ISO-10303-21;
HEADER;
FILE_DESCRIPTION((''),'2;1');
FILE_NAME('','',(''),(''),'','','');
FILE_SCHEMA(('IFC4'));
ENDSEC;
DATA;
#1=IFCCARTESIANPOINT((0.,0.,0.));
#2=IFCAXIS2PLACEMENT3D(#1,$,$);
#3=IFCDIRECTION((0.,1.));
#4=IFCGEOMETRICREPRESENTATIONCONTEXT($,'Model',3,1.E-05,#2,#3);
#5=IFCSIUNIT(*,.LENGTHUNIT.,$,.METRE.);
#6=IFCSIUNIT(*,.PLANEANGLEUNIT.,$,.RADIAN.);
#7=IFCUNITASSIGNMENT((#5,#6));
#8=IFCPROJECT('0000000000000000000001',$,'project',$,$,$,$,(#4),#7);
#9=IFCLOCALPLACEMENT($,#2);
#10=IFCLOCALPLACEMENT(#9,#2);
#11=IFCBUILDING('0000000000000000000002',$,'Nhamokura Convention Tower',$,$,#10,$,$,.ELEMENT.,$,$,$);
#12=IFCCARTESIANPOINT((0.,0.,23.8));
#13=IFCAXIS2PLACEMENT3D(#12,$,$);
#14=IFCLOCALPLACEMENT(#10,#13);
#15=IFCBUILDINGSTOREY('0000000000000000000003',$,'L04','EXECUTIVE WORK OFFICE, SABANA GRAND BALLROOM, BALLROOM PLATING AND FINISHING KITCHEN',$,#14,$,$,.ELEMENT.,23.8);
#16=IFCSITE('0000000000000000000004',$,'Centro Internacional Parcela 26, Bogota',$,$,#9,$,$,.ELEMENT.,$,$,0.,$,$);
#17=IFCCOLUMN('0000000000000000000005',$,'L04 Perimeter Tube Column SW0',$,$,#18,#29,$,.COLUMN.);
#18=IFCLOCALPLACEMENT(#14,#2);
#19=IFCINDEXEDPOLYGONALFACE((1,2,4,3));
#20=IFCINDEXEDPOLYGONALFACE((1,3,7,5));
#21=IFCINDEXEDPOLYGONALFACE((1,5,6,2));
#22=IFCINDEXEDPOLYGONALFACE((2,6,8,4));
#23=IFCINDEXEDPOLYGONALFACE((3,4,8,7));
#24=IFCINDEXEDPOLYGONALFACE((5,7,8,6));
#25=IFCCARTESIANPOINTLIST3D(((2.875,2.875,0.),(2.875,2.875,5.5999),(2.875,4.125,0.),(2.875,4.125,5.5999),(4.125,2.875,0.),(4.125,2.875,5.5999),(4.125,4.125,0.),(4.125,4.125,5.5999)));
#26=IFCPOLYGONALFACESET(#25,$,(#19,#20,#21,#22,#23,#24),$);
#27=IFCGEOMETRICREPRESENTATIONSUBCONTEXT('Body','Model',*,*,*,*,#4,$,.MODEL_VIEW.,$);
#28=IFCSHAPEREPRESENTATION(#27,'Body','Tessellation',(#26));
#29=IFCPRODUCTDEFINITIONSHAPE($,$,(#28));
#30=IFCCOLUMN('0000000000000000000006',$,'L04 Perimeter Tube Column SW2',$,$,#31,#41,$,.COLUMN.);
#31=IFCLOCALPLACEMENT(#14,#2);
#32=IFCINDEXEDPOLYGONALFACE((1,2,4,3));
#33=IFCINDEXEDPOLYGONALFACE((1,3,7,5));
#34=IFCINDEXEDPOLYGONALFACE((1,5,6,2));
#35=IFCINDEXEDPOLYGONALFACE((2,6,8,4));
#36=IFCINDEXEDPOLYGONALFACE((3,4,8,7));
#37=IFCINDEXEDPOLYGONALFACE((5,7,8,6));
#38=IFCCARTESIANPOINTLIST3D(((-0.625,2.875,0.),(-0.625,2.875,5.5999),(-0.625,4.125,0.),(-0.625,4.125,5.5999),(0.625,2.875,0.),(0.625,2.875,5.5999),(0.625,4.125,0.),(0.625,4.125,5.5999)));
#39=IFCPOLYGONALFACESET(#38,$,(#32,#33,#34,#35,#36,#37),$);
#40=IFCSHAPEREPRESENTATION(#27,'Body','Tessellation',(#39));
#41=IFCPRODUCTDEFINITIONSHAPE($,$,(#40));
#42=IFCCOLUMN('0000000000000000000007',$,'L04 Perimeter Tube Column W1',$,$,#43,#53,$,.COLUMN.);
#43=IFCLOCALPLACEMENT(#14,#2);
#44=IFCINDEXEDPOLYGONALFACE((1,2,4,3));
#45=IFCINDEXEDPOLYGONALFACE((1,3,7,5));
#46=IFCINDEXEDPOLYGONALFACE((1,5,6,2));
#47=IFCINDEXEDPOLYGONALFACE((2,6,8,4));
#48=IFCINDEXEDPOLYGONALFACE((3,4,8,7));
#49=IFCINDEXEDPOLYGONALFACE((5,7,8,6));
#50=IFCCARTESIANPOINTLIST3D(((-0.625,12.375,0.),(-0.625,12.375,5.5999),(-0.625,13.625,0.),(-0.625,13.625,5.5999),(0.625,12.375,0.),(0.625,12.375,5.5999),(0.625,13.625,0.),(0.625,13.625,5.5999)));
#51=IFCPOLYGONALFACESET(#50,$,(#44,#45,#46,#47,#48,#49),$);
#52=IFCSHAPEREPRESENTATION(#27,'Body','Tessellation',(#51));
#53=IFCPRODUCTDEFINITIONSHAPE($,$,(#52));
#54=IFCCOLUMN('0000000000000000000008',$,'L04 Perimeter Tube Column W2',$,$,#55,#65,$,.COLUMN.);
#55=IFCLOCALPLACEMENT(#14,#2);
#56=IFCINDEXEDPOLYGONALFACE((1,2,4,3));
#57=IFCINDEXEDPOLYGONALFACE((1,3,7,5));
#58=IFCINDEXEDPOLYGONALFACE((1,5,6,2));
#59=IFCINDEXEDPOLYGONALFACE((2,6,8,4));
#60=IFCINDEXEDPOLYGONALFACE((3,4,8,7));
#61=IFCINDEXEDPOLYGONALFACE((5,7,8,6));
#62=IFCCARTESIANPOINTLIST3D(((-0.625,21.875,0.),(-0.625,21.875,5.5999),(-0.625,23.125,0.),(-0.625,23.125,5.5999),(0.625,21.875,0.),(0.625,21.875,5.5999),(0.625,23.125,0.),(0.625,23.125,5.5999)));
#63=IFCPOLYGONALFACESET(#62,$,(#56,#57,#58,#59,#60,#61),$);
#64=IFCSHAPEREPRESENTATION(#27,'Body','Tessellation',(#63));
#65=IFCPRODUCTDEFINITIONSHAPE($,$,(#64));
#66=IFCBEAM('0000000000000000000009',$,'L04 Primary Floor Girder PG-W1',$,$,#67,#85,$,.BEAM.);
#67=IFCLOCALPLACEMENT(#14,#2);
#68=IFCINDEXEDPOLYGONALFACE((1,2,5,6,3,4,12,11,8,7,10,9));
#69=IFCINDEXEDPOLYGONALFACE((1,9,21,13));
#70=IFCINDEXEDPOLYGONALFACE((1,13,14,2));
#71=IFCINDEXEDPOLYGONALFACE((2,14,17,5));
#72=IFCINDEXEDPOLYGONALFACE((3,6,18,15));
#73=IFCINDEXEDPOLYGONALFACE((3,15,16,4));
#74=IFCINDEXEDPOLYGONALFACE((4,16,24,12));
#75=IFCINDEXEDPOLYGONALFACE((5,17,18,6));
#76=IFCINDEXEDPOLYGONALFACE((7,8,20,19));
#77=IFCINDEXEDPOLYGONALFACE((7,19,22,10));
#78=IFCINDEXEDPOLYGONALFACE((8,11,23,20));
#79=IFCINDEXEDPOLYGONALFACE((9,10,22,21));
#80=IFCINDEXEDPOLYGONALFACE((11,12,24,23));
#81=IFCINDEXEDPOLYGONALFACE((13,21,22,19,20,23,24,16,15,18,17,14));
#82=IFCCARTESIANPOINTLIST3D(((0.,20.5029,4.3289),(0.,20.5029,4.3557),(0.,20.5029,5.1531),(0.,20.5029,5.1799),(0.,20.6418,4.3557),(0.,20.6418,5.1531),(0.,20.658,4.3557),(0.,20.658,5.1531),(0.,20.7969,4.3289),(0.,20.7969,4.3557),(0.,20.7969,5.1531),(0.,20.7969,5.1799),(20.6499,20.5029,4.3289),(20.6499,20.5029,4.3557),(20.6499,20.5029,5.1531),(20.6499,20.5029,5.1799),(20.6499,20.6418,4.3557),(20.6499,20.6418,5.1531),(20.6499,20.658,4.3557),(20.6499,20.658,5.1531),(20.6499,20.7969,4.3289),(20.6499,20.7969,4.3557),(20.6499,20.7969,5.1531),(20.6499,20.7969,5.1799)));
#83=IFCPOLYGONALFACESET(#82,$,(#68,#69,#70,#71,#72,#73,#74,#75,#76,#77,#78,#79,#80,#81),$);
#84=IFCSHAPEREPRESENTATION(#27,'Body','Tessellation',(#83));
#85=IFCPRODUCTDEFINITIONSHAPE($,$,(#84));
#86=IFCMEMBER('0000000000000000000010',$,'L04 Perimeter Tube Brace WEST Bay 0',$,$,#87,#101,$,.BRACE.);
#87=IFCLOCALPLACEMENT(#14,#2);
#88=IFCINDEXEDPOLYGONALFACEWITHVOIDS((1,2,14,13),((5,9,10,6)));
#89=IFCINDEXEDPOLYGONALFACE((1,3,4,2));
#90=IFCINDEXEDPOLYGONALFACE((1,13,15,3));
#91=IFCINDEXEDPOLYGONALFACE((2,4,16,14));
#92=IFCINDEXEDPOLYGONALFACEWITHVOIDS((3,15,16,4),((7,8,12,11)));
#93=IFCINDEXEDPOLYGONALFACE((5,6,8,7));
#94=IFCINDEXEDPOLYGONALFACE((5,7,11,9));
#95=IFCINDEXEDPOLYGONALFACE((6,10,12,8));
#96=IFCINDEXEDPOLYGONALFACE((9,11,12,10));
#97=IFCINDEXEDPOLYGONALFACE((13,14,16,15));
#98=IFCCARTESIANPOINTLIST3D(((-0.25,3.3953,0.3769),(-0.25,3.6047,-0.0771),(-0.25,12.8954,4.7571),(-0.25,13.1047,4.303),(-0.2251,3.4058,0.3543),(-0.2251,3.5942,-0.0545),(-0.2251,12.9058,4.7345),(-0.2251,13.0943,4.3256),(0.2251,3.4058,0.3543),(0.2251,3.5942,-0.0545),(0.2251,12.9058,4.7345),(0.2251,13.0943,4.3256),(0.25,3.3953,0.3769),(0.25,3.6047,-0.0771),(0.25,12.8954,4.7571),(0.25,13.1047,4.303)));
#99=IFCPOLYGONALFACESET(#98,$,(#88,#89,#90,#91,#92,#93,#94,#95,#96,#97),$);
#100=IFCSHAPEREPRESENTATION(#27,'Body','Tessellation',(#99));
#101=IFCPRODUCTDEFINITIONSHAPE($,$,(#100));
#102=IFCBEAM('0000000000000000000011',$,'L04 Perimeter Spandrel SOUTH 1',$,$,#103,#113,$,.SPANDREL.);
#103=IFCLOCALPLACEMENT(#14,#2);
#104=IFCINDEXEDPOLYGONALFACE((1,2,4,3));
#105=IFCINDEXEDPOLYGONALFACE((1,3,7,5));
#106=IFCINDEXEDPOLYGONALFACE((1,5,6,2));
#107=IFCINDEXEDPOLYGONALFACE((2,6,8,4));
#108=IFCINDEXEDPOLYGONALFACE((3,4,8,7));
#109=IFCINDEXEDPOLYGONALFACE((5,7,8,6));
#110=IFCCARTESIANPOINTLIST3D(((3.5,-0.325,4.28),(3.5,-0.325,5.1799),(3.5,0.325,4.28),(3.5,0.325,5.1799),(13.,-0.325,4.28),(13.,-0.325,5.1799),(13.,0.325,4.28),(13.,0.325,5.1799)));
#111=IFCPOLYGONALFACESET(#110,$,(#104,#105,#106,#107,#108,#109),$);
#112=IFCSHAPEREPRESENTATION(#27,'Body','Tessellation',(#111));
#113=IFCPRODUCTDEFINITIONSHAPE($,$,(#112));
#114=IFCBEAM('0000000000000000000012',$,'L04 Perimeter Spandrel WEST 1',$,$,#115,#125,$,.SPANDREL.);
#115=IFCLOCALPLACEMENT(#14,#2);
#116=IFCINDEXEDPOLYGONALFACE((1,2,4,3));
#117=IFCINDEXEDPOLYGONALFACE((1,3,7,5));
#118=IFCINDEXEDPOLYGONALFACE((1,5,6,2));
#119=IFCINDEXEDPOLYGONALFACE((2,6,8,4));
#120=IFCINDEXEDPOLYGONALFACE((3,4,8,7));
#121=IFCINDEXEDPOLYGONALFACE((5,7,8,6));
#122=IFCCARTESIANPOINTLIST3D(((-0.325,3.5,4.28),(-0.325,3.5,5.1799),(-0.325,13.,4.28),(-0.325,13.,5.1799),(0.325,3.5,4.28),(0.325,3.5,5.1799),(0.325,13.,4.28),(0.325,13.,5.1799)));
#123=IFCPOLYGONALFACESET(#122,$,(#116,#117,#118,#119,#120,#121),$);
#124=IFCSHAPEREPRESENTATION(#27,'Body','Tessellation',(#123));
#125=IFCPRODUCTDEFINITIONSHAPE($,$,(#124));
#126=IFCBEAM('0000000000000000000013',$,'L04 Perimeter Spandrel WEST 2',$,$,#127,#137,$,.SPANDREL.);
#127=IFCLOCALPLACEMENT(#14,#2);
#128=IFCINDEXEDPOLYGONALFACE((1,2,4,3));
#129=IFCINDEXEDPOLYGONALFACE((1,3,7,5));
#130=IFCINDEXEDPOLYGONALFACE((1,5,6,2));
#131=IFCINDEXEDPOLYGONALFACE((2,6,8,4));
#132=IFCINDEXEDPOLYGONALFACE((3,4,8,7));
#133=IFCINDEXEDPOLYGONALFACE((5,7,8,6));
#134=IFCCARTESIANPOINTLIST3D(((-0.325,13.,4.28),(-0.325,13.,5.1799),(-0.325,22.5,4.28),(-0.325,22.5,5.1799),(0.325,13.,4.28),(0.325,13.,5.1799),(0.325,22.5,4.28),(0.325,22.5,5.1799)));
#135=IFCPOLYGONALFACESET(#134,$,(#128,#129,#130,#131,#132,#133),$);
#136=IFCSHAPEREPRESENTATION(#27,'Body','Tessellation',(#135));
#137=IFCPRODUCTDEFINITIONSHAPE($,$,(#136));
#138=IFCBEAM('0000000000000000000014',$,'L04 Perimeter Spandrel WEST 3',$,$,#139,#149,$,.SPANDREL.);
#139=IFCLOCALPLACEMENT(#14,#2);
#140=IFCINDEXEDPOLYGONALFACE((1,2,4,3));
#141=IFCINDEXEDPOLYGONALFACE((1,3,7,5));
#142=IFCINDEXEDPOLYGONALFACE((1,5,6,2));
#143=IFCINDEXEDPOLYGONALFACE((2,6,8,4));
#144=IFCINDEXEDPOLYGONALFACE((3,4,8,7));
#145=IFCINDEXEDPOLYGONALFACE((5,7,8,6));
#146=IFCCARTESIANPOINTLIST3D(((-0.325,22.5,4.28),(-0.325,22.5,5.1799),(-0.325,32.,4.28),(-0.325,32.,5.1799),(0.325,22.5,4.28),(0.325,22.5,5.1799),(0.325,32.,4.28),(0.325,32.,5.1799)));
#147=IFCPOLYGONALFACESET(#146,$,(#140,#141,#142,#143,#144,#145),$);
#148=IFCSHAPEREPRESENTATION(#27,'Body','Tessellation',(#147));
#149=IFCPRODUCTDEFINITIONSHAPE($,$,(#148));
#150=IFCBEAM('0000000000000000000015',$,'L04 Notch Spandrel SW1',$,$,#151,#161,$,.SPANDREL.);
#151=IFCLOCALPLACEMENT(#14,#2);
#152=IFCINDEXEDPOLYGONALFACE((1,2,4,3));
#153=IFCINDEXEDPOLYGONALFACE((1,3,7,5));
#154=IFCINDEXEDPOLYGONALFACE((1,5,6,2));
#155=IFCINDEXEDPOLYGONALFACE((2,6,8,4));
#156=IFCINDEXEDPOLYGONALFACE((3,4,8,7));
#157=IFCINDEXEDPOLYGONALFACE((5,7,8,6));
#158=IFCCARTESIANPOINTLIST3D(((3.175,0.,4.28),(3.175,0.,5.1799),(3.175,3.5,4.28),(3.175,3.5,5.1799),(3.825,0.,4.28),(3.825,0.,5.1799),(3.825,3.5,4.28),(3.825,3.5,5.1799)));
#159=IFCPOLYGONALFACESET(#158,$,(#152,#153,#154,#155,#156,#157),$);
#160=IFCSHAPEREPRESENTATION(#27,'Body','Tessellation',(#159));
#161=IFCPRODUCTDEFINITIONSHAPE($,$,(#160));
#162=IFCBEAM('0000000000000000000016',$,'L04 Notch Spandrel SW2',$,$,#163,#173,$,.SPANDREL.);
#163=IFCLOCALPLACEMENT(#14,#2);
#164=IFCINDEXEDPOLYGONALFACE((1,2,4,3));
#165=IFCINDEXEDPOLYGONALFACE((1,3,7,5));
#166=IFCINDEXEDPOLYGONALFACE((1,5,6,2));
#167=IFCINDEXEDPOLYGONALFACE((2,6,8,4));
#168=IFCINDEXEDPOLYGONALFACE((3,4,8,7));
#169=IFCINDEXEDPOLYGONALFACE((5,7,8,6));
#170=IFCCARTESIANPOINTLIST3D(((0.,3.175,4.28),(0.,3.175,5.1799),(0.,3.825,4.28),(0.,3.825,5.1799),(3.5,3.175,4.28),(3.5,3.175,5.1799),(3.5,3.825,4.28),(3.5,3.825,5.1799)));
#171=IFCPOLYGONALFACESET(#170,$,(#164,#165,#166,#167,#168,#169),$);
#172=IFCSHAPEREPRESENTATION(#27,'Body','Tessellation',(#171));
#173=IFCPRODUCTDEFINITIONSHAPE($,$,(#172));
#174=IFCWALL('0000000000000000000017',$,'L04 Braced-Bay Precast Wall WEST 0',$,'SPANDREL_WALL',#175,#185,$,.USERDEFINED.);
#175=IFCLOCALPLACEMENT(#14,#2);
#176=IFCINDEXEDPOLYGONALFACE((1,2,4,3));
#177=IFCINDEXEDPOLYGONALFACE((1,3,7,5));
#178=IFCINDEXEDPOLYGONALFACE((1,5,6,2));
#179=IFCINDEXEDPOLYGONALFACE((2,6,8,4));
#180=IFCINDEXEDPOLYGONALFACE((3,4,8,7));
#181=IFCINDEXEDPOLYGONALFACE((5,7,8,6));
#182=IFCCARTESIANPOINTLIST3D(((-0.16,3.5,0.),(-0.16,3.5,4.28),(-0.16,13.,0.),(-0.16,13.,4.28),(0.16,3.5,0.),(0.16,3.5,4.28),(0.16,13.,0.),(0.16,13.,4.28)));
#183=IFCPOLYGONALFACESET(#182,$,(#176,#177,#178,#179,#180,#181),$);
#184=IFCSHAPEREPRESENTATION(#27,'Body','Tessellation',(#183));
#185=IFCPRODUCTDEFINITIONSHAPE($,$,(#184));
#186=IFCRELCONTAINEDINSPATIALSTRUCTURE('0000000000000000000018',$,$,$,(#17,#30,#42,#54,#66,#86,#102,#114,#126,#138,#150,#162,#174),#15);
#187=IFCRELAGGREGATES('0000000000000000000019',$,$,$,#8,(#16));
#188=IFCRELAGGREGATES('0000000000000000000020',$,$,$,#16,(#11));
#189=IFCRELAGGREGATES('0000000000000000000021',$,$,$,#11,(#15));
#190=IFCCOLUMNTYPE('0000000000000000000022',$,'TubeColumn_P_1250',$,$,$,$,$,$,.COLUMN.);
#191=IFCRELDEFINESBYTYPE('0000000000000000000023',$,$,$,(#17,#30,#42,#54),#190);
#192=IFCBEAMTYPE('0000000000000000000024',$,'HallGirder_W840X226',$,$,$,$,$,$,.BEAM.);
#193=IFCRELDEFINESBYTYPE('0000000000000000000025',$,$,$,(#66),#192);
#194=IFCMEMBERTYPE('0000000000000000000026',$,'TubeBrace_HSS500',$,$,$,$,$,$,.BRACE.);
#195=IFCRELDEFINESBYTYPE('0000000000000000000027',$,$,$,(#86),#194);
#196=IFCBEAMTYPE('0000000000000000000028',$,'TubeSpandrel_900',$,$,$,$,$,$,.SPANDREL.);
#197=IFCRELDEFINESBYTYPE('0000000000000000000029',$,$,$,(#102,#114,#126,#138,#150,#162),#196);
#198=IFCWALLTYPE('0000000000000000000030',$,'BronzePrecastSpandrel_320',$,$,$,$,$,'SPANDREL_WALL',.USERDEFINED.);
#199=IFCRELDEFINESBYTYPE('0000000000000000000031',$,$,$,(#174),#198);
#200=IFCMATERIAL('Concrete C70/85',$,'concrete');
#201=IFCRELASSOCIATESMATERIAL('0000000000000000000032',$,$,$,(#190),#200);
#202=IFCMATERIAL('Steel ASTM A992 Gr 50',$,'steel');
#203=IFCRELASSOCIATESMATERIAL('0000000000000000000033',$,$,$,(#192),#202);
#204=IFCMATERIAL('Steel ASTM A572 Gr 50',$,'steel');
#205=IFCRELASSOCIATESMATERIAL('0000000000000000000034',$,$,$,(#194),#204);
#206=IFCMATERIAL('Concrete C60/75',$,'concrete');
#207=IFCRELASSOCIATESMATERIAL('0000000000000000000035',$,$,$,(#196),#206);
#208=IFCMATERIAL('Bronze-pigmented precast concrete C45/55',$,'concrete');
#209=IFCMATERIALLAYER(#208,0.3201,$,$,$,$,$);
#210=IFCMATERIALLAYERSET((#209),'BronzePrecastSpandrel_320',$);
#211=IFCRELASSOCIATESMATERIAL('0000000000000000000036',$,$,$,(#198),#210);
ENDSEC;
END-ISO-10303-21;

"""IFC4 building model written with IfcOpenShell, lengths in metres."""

from ifc_helpers import new_model, si_unit, direction, frame, frame_2d, origin, origin_2d, place, context, subcontext, project, spatial, rectangle, hollow_rectangle, i_section, extrude, material, layer, layer_set, material_profile, profile_set, type_object, element, save


model = new_model("IFC4")

# Units and contexts
model_context = context("Model", 3, precision=1e-05, world=origin(), true_north=direction((0.0, 1.0)))
body_context = subcontext(model_context, "Body", "Model", "MODEL_VIEW")
ifc_project = project(units=[si_unit("LENGTHUNIT", "METRE"), si_unit("PLANEANGLEUNIT", "RADIAN")], contexts=[model_context])

# Site, building, storey
site_placement = place(None, origin())
site = spatial("IfcSite", under=ifc_project, at=site_placement, Name="Centro Internacional Parcela 26, Bogota", CompositionType="ELEMENT", RefElevation=0.0)
building_placement = place(site_placement, origin())
building = spatial("IfcBuilding", under=site, at=building_placement, Name="Nhamokura Convention Tower", CompositionType="ELEMENT")
storey_placement = place(building_placement, frame((0.0, 0.0, 23.8)))
storey = spatial("IfcBuildingStorey", under=building, at=storey_placement, Name="L04", Description="EXECUTIVE WORK OFFICE, SABANA GRAND BALLROOM, BALLROOM PLATING AND FINISHING KITCHEN", CompositionType="ELEMENT", Elevation=23.8)

# Columns
ifc_material_1 = material(Name="Concrete C70/85", Category="concrete")
ifc_material_profile_1 = material_profile(ifc_material_1, rectangle(XDim=1.25, YDim=1.25, at=origin_2d()))
ifc_profile_set_1 = profile_set([ifc_material_profile_1], Name="Concrete C70/85")
column_type = type_object("IfcColumnType", Name="TubeColumn_P_1250", PredefinedType="COLUMN", material=ifc_profile_set_1)
for number, where, z_axis, x_axis, name in (
    (1, (3.5, 3.5, 0.0), (0.0, 0.0, 1.0), (1.0, 0.0, 0.0), "L04 Perimeter Tube Column SW0"),
    (2, (0.0, 3.5, 0.0), (0.0, 0.0, 1.0), (1.0, 0.0, 0.0), "L04 Perimeter Tube Column SW2"),
    (3, (0.0, 13.0, 0.0), (0.0, 0.0, 1.0), (1.0, 0.0, 0.0), "L04 Perimeter Tube Column W1"),
    (4, (0.0, 22.5, 0.0), (0.0, 0.0, 1.0), (1.0, 0.0, 0.0), "L04 Perimeter Tube Column W2"),
):
    element("IfcColumn", number, at=place(storey_placement, frame(where, z_axis=z_axis, x_axis=x_axis)), inside=storey, type_object=column_type, Name=name, PredefinedType="COLUMN", context=body_context, shape_type="SweptSolid", body=[
        extrude(rectangle(XDim=1.25, YDim=1.25, at=origin_2d()), origin(), (0.0, 0.0, 1.0), 5.5999),
    ])

# Beam
ifc_material_2 = material(Name="Steel ASTM A992 Gr 50", Category="steel")
ifc_material_profile_2 = material_profile(ifc_material_2, i_section(OverallWidth=0.2939, OverallDepth=0.8511, WebThickness=0.0161, FlangeThickness=0.0269, at=origin_2d()))
ifc_profile_set_2 = profile_set([ifc_material_profile_2], Name="Steel ASTM A992 Gr 50")
beam_type_1 = type_object("IfcBeamType", Name="HallGirder_W840X226", PredefinedType="BEAM", material=ifc_profile_set_2)
beam_placement = place(storey_placement, frame((0.0, 20.6499, 4.7544), z_axis=(1.0, 0.0, 0.0), x_axis=(0.0, 1.0, 0.0)))
element("IfcBeam", 5, at=beam_placement, inside=storey, type_object=beam_type_1, Name="L04 Primary Floor Girder PG-W1", PredefinedType="BEAM", context=body_context, shape_type="SweptSolid", body=[
    extrude(i_section(OverallWidth=0.2939, OverallDepth=0.8511, WebThickness=0.0161, FlangeThickness=0.0269, at=origin_2d()), origin(), (0.0, 0.0, 1.0), 20.6499),
])

# Member
ifc_material_3 = material(Name="Steel ASTM A572 Gr 50", Category="steel")
ifc_material_profile_3 = material_profile(ifc_material_3, hollow_rectangle(XDim=0.5, YDim=0.5, WallThickness=0.0249, at=origin_2d()))
ifc_profile_set_3 = profile_set([ifc_material_profile_3], Name="Steel ASTM A572 Gr 50")
member_type = type_object("IfcMemberType", Name="TubeBrace_HSS500", PredefinedType="BRACE", material=ifc_profile_set_3)
member_placement = place(storey_placement, frame((0.0, 3.5, 0.1499), z_axis=(0.0, 0.908123, 0.418704), x_axis=(-1.0, 0.0, 0.0)))
element("IfcMember", 6, at=member_placement, inside=storey, type_object=member_type, Name="L04 Perimeter Tube Brace WEST Bay 0", PredefinedType="BRACE", context=body_context, shape_type="SweptSolid", body=[
    extrude(hollow_rectangle(XDim=0.5, YDim=0.5, WallThickness=0.0249, at=origin_2d()), origin(), (0.0, 0.0, 1.0), 10.4612),
])

# Beams
ifc_material_4 = material(Name="Concrete C60/75", Category="concrete")
ifc_material_profile_4 = material_profile(ifc_material_4, rectangle(XDim=0.6499, YDim=0.8999, at=origin_2d()))
ifc_profile_set_4 = profile_set([ifc_material_profile_4], Name="Concrete C60/75")
beam_type_2 = type_object("IfcBeamType", Name="TubeSpandrel_900", PredefinedType="SPANDREL", material=ifc_profile_set_4)
for number, where, z_axis, x_axis, name in (
    (7, (3.5, 0.0, 4.73), (1.0, 0.0, 0.0), (0.0, 1.0, 0.0), "L04 Perimeter Spandrel SOUTH 1"),
    (8, (0.0, 3.5, 4.73), (0.0, 1.0, 0.0), (-1.0, 0.0, 0.0), "L04 Perimeter Spandrel WEST 1"),
    (9, (0.0, 13.0, 4.73), (0.0, 1.0, 0.0), (-1.0, 0.0, 0.0), "L04 Perimeter Spandrel WEST 2"),
    (10, (0.0, 22.5, 4.73), (0.0, 1.0, 0.0), (-1.0, 0.0, 0.0), "L04 Perimeter Spandrel WEST 3"),
):
    element("IfcBeam", number, at=place(storey_placement, frame(where, z_axis=z_axis, x_axis=x_axis)), inside=storey, type_object=beam_type_2, Name=name, PredefinedType="SPANDREL", context=body_context, shape_type="SweptSolid", body=[
        extrude(rectangle(XDim=0.6499, YDim=0.8999, at=origin_2d()), origin(), (0.0, 0.0, 1.0), 9.5),
    ])
for number, where, z_axis, x_axis, name in (
    (11, (3.5, 0.0, 4.73), (0.0, 1.0, 0.0), (-1.0, 0.0, 0.0), "L04 Notch Spandrel SW1"),
    (12, (3.5, 3.5, 4.73), (-1.0, 0.0, 0.0), (0.0, -1.0, 0.0), "L04 Notch Spandrel SW2"),
):
    element("IfcBeam", number, at=place(storey_placement, frame(where, z_axis=z_axis, x_axis=x_axis)), inside=storey, type_object=beam_type_2, Name=name, PredefinedType="SPANDREL", context=body_context, shape_type="SweptSolid", body=[
        extrude(rectangle(XDim=0.6499, YDim=0.8999, at=origin_2d()), origin(), (0.0, 0.0, 1.0), 3.5),
    ])

# Wall
ifc_material_5 = material(Name="Bronze-pigmented precast concrete C45/55", Category="concrete")
ifc_layer = layer(ifc_material_5, 0.3201)
ifc_layer_set = layer_set([ifc_layer], Name="BronzePrecastSpandrel_320")
wall_type = type_object("IfcWallType", Name="BronzePrecastSpandrel_320", ElementType="SPANDREL_WALL", PredefinedType="USERDEFINED", material=ifc_layer_set)
wall_1_placement = place(storey_placement, frame((0.0, 3.5, 0.0), z_axis=(0.0, 0.0, 1.0), x_axis=(0.0, 1.0, 0.0)))
element("IfcWall", 13, at=wall_1_placement, inside=storey, type_object=wall_type, Name="L04 Braced-Bay Precast Wall WEST 0", ObjectType="SPANDREL_WALL", PredefinedType="USERDEFINED", context=body_context, shape_type="SweptSolid", body=[
    extrude(rectangle(XDim=9.5, YDim=0.3201, at=frame_2d((4.75, 0.0))), origin(), (0.0, 0.0, 1.0), 4.28),
])

save(model, "model.ifc")
